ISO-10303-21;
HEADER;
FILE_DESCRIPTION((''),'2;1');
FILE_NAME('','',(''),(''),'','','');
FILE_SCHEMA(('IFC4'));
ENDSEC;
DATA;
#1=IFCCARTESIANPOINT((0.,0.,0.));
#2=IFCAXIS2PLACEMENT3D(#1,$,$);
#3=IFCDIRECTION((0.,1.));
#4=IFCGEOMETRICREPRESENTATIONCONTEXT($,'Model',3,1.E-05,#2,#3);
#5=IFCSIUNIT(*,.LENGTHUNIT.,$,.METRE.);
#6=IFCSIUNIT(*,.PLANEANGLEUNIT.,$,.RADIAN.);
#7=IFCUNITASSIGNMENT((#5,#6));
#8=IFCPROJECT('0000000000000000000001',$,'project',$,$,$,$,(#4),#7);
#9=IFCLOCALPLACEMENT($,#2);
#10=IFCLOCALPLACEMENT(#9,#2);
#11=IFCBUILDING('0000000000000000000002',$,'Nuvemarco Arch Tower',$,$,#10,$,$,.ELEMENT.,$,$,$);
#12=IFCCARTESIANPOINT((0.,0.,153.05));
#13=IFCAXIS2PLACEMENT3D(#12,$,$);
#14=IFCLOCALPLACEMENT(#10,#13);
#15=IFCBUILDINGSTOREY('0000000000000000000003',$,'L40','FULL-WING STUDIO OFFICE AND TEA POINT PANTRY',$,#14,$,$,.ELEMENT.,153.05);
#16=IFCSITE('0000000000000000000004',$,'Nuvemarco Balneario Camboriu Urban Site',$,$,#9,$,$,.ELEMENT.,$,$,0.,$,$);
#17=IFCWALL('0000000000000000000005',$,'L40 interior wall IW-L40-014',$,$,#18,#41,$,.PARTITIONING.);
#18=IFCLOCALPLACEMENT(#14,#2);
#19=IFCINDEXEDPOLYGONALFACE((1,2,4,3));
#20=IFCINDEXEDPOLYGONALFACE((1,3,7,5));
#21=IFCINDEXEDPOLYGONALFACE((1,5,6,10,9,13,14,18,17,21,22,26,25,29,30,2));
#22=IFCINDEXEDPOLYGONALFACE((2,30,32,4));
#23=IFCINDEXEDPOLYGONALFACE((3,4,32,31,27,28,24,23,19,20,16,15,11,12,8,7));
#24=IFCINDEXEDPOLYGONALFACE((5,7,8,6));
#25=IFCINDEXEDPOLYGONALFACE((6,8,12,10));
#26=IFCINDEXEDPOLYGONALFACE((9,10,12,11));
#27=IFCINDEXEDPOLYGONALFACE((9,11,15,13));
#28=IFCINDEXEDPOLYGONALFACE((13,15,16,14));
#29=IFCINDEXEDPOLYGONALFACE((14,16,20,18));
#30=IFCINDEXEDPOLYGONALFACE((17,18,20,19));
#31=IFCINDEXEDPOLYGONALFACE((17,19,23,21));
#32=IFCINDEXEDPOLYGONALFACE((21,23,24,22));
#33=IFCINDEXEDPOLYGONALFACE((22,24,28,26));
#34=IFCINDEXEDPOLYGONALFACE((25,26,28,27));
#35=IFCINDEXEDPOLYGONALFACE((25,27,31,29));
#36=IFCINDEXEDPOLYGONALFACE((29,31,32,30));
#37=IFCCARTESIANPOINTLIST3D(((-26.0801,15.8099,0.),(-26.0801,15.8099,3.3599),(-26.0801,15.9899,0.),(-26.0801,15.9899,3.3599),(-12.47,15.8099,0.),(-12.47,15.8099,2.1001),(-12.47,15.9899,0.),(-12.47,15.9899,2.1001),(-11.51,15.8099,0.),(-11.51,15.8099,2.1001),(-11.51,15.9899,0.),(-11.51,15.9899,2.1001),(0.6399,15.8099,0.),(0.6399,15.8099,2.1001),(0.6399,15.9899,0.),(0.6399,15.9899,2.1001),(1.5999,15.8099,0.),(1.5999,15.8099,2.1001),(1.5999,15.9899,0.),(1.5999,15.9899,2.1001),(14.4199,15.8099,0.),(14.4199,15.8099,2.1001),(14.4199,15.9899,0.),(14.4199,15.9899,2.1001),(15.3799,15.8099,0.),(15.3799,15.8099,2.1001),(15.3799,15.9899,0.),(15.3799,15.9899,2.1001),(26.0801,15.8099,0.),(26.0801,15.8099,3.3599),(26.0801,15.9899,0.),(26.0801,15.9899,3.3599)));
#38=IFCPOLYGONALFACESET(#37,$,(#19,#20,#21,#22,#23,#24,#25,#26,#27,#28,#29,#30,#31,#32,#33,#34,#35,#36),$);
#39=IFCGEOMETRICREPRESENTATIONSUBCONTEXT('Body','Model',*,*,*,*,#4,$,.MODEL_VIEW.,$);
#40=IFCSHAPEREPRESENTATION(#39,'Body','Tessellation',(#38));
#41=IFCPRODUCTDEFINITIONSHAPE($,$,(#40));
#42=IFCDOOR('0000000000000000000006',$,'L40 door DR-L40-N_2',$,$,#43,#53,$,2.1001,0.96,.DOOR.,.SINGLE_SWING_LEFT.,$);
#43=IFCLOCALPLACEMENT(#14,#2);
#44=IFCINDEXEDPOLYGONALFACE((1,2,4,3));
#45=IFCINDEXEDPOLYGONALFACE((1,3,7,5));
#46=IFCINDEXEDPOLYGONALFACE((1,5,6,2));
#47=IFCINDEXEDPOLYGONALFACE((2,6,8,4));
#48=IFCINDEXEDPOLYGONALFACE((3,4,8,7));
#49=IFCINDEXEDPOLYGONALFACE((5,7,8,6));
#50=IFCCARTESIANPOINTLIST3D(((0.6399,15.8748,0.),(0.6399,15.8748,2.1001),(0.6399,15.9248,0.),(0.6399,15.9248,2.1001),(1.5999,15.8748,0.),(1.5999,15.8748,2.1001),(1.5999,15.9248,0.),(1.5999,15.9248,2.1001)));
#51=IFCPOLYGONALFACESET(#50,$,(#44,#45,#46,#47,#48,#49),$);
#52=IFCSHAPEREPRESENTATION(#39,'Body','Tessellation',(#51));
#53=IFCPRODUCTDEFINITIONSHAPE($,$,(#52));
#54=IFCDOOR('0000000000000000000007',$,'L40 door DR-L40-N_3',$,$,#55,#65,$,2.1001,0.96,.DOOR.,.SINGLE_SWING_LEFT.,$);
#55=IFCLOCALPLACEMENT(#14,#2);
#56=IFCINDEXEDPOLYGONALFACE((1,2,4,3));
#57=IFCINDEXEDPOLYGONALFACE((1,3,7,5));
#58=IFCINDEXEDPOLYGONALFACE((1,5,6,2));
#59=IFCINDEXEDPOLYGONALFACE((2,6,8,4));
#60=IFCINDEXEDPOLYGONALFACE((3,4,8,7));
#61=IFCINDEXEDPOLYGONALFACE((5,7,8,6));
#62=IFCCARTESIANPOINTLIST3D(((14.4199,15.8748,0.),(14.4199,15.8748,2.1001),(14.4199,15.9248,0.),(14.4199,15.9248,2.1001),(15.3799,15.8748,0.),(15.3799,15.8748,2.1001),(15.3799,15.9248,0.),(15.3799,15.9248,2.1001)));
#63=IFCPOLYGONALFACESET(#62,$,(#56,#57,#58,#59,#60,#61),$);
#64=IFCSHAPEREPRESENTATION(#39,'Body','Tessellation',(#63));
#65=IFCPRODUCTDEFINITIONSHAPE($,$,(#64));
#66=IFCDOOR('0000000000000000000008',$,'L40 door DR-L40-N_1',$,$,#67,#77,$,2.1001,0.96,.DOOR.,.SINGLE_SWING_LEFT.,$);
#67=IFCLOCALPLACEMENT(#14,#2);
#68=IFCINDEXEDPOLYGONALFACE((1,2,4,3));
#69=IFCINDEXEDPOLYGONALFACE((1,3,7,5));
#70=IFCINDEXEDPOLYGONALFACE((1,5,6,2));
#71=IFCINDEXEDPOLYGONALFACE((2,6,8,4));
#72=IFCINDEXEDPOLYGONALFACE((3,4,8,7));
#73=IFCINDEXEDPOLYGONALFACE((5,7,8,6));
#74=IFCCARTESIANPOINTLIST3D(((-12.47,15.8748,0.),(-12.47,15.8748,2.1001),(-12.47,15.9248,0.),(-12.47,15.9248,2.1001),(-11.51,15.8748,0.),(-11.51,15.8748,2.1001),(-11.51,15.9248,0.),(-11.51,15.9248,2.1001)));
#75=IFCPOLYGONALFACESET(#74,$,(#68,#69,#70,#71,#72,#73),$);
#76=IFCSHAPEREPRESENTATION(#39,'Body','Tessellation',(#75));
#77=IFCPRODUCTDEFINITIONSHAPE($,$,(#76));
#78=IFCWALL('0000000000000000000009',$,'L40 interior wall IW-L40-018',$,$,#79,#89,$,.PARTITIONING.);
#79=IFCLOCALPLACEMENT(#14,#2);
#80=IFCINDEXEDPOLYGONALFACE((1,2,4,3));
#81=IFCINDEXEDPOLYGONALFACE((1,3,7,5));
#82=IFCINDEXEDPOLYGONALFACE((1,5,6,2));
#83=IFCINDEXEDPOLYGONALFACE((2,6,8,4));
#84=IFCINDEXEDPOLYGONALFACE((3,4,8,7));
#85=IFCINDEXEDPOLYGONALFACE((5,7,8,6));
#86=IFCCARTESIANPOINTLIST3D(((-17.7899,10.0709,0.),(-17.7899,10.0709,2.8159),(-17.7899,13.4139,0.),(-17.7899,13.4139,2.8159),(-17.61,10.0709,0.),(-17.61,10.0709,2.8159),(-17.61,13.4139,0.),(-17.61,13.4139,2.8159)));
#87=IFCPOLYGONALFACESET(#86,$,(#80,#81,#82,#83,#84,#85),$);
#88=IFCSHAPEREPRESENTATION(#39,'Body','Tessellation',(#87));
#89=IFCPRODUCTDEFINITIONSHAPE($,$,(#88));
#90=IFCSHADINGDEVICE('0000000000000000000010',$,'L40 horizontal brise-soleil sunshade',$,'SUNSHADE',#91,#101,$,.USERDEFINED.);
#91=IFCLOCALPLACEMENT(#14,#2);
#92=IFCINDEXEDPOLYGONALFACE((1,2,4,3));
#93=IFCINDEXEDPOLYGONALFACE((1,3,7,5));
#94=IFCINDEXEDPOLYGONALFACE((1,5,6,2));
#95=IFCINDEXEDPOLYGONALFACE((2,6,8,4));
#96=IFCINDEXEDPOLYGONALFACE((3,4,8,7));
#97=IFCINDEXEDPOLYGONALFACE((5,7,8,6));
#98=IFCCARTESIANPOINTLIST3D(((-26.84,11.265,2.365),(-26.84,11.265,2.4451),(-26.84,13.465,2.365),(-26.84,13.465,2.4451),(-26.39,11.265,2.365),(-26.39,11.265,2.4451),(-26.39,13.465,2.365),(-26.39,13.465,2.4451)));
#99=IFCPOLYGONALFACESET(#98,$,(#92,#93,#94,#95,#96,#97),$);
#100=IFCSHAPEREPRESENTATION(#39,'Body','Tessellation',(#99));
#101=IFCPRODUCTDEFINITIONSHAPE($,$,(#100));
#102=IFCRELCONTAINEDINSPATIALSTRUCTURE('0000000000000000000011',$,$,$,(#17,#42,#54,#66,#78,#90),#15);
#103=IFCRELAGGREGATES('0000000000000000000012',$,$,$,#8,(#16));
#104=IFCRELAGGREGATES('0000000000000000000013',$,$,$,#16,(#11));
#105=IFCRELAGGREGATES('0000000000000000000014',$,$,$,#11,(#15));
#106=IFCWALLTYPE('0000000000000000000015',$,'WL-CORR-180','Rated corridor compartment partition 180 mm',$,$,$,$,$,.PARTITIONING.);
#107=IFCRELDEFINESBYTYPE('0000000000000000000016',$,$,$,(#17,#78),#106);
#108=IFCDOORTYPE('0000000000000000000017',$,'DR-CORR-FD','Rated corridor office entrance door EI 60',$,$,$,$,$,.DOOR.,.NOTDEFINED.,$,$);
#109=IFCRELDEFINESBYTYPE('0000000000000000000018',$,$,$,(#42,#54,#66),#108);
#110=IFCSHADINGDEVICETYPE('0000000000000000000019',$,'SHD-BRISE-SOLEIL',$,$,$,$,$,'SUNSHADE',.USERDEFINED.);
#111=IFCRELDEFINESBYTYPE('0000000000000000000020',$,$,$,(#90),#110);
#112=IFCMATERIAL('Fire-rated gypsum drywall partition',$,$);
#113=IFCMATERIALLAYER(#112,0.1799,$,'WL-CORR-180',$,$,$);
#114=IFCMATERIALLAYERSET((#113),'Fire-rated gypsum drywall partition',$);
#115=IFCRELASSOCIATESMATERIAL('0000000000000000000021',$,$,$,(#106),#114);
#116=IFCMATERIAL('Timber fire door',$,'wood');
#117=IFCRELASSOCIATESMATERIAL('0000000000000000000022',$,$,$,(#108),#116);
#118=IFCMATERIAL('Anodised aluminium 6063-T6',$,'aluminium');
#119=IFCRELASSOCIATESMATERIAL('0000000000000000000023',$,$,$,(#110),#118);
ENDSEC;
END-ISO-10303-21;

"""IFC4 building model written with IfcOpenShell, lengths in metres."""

from ifc_helpers import new_model, si_unit, direction, frame, frame_2d, origin, origin_2d, place, context, subcontext, project, spatial, rectangle, extrude, source, transform, mapped, material, layer, layer_set, type_object, type_shapes, element, fill, save


model = new_model("IFC4")

# Units and contexts
model_context = context("Model", 3, precision=1e-05, world=origin(), true_north=direction((0.0, 1.0)))
body_context = subcontext(model_context, "Body", "Model", "MODEL_VIEW")
ifc_project = project(units=[si_unit("LENGTHUNIT", "METRE"), si_unit("PLANEANGLEUNIT", "RADIAN")], contexts=[model_context])

# Site, building, storey
site_placement = place(None, origin())
site = spatial("IfcSite", under=ifc_project, at=site_placement, Name="Nuvemarco Balneario Camboriu Urban Site", CompositionType="ELEMENT", RefElevation=0.0)
building_placement = place(site_placement, origin())
building = spatial("IfcBuilding", under=site, at=building_placement, Name="Nuvemarco Arch Tower", CompositionType="ELEMENT")
storey_placement = place(building_placement, frame((0.0, 0.0, 153.05)))
storey = spatial("IfcBuildingStorey", under=building, at=storey_placement, Name="L40", Description="FULL-WING STUDIO OFFICE AND TEA POINT PANTRY", CompositionType="ELEMENT", Elevation=153.05)

# Shared definitions
ifc_material_1 = material(Name="Fire-rated gypsum drywall partition")
ifc_layer = layer(ifc_material_1, 0.1799, Name="WL-CORR-180")
ifc_layer_set = layer_set([ifc_layer], Name="Fire-rated gypsum drywall partition")
wall_type = type_object("IfcWallType", Name="WL-CORR-180", Description="Rated corridor compartment partition 180 mm", PredefinedType="PARTITIONING", material=ifc_layer_set)
ifc_material_2 = material(Name="Timber fire door", Category="wood")
door_type = type_object("IfcDoorType", Name="DR-CORR-FD", Description="Rated corridor office entrance door EI 60", OperationType="NOTDEFINED", PredefinedType="DOOR", material=ifc_material_2)
shared_shape_1 = source(origin(), body_context, "Body", "SweptSolid", [
    extrude(rectangle(XDim=0.96, YDim=2.1001, at=frame_2d((0.48, 1.05))), frame((0.0, 0.0249, 0.0), z_axis=(0.0, -1.0, 0.0), x_axis=(1.0, 0.0, 0.0)), (0.0, 0.0, 1.0), 0.05),
])
type_shapes(door_type, [shared_shape_1])

# Wall, openings, doors
wall_1_placement = place(storey_placement, frame((-26.0801, 15.8999, 0.0), z_axis=(0.0, 0.0, 1.0), x_axis=(1.0, 0.0, 0.0)))
wall_1 = element("IfcWall", 1, at=wall_1_placement, inside=storey, type_object=wall_type, Name="L40 interior wall IW-L40-014", PredefinedType="PARTITIONING", context=body_context, shape_type="SweptSolid", body=[
    extrude(rectangle(XDim=52.1602, YDim=0.1799, at=frame_2d((26.0801, 0.0))), origin(), (0.0, 0.0, 1.0), 3.3599),
])
opening_1_placement = place(wall_1_placement, frame((26.72, 0.0, 0.0)))
opening_1 = element("IfcOpeningElement", 2, at=opening_1_placement, cuts=wall_1, PredefinedType="OPENING", context=body_context, shape_type="SweptSolid", body=[
    extrude(rectangle(XDim=0.96, YDim=2.1001, at=frame_2d((0.48, 1.05))), frame((0.0, 0.0999, 0.0), z_axis=(0.0, -1.0, 0.0), x_axis=(1.0, 0.0, 0.0)), (0.0, 0.0, 1.0), 0.2),
])
opening_2_placement = place(wall_1_placement, frame((40.5, 0.0, 0.0)))
opening_2 = element("IfcOpeningElement", 3, at=opening_2_placement, cuts=wall_1, PredefinedType="OPENING", context=body_context, shape_type="SweptSolid", body=[
    extrude(rectangle(XDim=0.96, YDim=2.1001, at=frame_2d((0.48, 1.05))), frame((0.0, 0.0999, 0.0), z_axis=(0.0, -1.0, 0.0), x_axis=(1.0, 0.0, 0.0)), (0.0, 0.0, 1.0), 0.2),
])
opening_3_placement = place(wall_1_placement, frame((13.6101, 0.0, 0.0)))
opening_3 = element("IfcOpeningElement", 4, at=opening_3_placement, cuts=wall_1, PredefinedType="OPENING", context=body_context, shape_type="SweptSolid", body=[
    extrude(rectangle(XDim=0.96, YDim=2.1001, at=frame_2d((0.48, 1.05))), frame((0.0, 0.0999, 0.0), z_axis=(0.0, -1.0, 0.0), x_axis=(1.0, 0.0, 0.0)), (0.0, 0.0, 1.0), 0.2),
])
door_1_placement = place(opening_1_placement, origin())
door_1 = element("IfcDoor", 5, at=door_1_placement, inside=storey, type_object=door_type, Name="L40 door DR-L40-N_2", OperationType="SINGLE_SWING_LEFT", OverallHeight=2.1001, OverallWidth=0.96, PredefinedType="DOOR", context=body_context, shape_type="MappedRepresentation", body=[
    mapped(shared_shape_1, transform((0.0, 0.0, 0.0), scale=1.0)),
])
fill(opening_1, door_1)
door_2_placement = place(opening_2_placement, origin())
door_2 = element("IfcDoor", 6, at=door_2_placement, inside=storey, type_object=door_type, Name="L40 door DR-L40-N_3", OperationType="SINGLE_SWING_LEFT", OverallHeight=2.1001, OverallWidth=0.96, PredefinedType="DOOR", context=body_context, shape_type="MappedRepresentation", body=[
    mapped(shared_shape_1, transform((0.0, 0.0, 0.0), scale=1.0)),
])
fill(opening_2, door_2)
door_3_placement = place(opening_3_placement, origin())
door_3 = element("IfcDoor", 7, at=door_3_placement, inside=storey, type_object=door_type, Name="L40 door DR-L40-N_1", OperationType="SINGLE_SWING_LEFT", OverallHeight=2.1001, OverallWidth=0.96, PredefinedType="DOOR", context=body_context, shape_type="MappedRepresentation", body=[
    mapped(shared_shape_1, transform((0.0, 0.0, 0.0), scale=1.0)),
])
fill(opening_3, door_3)

# Wall
wall_2_placement = place(storey_placement, frame((-17.7, 10.071, 0.0), z_axis=(0.0, 0.0, 1.0), x_axis=(0.0, 1.0, 0.0)))
element("IfcWall", 8, at=wall_2_placement, inside=storey, type_object=wall_type, Name="L40 interior wall IW-L40-018", PredefinedType="PARTITIONING", context=body_context, shape_type="SweptSolid", body=[
    extrude(rectangle(XDim=3.343, YDim=0.1799, at=frame_2d((1.6714, 0.0))), origin(), (0.0, 0.0, 1.0), 2.8159),
])

# Shading device
ifc_material_3 = material(Name="Anodised aluminium 6063-T6", Category="aluminium")
shading_device_type = type_object("IfcShadingDeviceType", Name="SHD-BRISE-SOLEIL", ElementType="SUNSHADE", PredefinedType="USERDEFINED", material=ifc_material_3)
shared_shape_2 = source(origin(), body_context, "Body", "SweptSolid", [
    extrude(rectangle(XDim=2.2, YDim=0.45, at=origin_2d()), origin(), (0.0, 0.0, 1.0), 0.0801),
])
type_shapes(shading_device_type, [shared_shape_2])
shading_device_placement = place(storey_placement, frame((-26.615, 12.365, 2.365), z_axis=(0.0, 0.0, 1.0), x_axis=(0.0, 1.0, 0.0)))
element("IfcShadingDevice", 9, at=shading_device_placement, inside=storey, type_object=shading_device_type, Name="L40 horizontal brise-soleil sunshade", ObjectType="SUNSHADE", PredefinedType="USERDEFINED", context=body_context, shape_type="MappedRepresentation", body=[
    mapped(shared_shape_2, transform((0.0, 0.0, 0.0), scale=1.0)),
])

save(model, "model.ifc")
